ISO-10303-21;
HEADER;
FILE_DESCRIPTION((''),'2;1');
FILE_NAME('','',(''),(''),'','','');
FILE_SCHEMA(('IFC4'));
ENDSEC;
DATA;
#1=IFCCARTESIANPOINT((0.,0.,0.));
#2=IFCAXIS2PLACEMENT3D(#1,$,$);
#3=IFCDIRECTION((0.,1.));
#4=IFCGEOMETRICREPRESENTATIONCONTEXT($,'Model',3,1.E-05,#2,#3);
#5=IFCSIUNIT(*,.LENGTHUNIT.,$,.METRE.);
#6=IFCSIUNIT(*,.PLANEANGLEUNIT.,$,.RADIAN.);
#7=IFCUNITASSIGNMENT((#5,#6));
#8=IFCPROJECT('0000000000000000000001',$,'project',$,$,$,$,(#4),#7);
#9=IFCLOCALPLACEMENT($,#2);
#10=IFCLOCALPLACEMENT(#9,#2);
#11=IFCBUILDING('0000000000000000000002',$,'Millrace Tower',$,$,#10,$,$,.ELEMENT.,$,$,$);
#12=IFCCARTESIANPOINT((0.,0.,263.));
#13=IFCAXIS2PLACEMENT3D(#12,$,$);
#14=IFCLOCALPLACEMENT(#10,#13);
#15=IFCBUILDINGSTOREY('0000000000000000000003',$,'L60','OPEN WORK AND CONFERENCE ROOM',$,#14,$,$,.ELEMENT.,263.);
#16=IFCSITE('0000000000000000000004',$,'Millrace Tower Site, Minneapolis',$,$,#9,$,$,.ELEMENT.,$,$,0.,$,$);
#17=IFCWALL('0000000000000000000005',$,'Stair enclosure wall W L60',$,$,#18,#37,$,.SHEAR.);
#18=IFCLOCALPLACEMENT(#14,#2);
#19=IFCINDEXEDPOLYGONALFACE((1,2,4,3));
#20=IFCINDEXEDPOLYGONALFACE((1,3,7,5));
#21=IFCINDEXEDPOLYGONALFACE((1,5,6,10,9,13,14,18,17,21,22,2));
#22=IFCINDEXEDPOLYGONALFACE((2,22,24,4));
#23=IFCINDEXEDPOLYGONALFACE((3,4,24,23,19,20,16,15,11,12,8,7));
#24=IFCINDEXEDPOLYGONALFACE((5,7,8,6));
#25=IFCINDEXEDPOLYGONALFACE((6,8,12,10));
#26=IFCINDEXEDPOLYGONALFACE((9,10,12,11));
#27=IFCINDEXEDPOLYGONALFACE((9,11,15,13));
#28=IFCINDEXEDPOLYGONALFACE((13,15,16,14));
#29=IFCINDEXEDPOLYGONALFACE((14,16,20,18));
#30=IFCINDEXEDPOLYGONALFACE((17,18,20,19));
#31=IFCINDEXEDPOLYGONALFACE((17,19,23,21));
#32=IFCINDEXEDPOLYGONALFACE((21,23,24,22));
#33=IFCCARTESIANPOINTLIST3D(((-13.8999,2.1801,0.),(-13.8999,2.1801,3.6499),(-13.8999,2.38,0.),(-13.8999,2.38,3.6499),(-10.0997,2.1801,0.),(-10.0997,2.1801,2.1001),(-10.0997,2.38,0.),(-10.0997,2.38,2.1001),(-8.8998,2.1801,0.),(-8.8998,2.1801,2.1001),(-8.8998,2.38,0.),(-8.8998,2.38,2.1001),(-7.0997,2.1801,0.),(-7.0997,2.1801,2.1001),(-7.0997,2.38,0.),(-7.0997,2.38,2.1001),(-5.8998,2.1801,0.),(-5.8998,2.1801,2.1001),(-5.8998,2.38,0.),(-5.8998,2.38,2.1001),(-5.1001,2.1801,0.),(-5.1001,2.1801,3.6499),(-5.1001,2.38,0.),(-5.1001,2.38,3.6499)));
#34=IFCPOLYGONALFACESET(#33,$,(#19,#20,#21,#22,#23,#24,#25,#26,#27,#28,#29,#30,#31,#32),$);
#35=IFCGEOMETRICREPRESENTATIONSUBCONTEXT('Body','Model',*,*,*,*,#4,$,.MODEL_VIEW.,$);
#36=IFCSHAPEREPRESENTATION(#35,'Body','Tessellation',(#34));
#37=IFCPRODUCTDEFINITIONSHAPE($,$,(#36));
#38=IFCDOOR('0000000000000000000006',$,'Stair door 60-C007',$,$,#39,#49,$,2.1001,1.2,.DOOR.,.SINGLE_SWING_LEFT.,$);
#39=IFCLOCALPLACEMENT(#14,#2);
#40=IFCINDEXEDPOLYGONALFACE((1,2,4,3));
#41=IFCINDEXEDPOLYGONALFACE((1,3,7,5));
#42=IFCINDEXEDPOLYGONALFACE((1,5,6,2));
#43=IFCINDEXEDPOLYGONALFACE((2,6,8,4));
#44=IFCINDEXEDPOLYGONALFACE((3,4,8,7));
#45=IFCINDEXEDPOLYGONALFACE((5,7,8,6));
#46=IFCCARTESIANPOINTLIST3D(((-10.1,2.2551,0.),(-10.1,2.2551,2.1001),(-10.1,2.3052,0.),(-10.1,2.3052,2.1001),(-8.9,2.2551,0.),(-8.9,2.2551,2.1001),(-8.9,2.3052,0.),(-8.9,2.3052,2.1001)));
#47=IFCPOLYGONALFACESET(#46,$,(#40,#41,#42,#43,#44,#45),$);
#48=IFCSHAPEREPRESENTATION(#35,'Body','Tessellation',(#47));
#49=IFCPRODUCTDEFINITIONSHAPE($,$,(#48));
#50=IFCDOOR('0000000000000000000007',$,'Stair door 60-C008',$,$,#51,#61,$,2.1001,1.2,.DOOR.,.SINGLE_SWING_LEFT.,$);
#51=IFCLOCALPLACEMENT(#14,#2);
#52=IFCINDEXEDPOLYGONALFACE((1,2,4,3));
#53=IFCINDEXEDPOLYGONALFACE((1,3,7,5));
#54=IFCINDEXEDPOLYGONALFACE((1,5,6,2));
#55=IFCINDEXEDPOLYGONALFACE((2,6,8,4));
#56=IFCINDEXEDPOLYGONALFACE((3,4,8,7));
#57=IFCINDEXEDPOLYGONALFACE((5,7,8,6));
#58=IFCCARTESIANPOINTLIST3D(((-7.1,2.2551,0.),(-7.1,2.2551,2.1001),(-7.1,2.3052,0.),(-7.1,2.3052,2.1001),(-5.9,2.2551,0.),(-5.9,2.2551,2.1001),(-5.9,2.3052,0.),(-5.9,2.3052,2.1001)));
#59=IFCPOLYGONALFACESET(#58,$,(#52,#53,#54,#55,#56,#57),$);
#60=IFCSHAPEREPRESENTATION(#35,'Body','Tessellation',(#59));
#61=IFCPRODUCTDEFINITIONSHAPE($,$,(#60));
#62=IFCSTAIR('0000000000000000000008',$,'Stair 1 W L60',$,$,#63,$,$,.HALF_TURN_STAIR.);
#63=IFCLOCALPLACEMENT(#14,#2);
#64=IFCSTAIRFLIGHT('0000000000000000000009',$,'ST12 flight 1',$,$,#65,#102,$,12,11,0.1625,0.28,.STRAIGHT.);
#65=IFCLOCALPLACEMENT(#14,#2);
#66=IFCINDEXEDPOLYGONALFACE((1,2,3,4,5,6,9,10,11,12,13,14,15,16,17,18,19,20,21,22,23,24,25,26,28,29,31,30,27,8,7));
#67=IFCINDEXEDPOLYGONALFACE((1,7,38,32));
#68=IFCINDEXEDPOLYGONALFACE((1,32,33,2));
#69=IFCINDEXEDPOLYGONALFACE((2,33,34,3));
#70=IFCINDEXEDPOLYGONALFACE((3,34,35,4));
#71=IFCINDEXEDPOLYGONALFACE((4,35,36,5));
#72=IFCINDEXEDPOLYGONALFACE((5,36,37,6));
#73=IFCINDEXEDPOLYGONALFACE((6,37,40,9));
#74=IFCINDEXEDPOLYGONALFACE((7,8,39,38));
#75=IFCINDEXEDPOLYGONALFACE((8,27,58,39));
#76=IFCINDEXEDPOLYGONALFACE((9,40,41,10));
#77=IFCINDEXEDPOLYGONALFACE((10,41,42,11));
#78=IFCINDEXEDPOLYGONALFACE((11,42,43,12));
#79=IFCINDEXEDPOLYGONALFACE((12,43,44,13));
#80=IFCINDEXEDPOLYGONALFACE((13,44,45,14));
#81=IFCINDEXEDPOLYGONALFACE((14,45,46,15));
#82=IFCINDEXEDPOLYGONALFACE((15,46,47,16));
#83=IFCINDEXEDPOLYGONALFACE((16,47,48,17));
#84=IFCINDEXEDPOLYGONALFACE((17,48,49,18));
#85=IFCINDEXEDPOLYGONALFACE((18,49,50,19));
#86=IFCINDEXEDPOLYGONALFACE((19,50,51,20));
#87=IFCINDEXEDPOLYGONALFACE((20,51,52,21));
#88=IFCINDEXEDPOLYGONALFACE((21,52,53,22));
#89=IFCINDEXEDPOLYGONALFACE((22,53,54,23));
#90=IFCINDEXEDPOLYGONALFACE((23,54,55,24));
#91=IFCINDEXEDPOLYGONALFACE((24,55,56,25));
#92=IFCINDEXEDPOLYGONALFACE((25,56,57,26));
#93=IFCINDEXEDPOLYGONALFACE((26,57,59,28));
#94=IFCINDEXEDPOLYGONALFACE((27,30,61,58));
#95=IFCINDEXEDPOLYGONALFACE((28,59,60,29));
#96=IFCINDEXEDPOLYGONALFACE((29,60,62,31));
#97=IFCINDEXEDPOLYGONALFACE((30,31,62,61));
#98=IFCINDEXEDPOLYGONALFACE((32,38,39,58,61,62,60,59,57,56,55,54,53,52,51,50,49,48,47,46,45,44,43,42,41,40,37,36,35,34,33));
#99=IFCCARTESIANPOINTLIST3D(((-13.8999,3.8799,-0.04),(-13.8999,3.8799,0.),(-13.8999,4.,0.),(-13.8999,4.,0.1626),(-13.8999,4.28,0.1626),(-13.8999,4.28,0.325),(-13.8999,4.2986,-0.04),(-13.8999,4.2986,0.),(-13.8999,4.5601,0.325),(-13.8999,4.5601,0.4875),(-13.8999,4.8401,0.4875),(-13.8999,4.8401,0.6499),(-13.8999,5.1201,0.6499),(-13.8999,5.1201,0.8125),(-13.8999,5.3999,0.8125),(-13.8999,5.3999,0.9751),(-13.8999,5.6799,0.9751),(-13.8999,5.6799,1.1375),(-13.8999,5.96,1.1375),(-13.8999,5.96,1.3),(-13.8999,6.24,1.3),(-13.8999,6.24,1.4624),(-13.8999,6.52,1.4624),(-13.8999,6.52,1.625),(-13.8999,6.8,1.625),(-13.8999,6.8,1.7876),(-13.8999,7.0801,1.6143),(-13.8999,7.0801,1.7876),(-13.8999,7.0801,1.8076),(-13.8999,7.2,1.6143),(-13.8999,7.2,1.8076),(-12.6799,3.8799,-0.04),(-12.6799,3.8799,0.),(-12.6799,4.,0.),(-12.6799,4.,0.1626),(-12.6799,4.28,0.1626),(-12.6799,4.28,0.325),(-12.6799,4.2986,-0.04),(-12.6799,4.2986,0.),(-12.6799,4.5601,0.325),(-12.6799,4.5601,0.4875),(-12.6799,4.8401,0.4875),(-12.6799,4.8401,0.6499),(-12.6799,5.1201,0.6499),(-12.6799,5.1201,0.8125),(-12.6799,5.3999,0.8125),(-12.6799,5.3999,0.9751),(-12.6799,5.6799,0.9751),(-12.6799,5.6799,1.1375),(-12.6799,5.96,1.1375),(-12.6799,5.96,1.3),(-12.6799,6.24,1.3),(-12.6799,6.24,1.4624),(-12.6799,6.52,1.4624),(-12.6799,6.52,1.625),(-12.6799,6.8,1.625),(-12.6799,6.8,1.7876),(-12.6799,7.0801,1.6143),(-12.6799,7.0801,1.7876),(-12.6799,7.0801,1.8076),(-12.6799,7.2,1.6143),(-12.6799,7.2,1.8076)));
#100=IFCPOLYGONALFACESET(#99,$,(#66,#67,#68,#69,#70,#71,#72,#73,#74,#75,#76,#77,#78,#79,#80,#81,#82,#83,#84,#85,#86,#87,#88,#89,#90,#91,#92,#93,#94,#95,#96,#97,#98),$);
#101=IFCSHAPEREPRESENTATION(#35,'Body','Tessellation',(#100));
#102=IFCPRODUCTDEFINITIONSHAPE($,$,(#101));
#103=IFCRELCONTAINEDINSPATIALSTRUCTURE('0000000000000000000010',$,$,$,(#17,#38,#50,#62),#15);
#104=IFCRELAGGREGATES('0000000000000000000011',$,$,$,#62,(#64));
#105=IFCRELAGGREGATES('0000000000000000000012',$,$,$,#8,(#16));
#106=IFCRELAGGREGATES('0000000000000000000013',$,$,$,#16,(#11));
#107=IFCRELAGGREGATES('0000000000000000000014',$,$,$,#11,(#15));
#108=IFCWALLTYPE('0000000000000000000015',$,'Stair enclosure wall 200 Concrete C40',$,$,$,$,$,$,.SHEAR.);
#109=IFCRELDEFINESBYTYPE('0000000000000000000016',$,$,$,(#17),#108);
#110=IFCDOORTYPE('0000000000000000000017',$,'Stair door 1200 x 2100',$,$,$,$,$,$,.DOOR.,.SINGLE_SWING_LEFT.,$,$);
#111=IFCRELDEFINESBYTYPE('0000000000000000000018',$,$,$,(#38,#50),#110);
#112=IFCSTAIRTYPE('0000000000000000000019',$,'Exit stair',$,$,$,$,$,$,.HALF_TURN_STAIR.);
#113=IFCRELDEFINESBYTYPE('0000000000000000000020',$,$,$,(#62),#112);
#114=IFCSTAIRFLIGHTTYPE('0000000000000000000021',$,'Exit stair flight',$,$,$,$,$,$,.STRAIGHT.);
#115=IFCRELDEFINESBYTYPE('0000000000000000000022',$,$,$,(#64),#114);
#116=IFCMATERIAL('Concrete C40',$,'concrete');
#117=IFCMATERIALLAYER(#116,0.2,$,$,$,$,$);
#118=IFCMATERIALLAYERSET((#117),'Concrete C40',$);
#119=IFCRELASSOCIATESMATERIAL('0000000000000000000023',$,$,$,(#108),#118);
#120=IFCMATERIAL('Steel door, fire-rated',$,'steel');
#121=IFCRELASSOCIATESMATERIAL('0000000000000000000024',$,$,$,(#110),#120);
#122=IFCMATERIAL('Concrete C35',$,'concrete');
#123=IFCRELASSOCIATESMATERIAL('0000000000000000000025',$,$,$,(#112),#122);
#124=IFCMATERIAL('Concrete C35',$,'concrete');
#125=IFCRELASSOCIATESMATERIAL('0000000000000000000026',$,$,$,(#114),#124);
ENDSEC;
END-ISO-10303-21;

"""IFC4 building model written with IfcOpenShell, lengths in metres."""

from ifc_helpers import new_model, si_unit, direction, frame, frame_2d, origin, place, context, subcontext, project, spatial, polyline, rectangle, outline, extrude, material, layer, layer_set, type_object, element, fill, aggregate, save


model = new_model("IFC4")

# Units and contexts
model_context = context("Model", 3, precision=1e-05, world=origin(), true_north=direction((0.0, 1.0)))
body_context = subcontext(model_context, "Body", "Model", "MODEL_VIEW")
ifc_project = project(units=[si_unit("LENGTHUNIT", "METRE"), si_unit("PLANEANGLEUNIT", "RADIAN")], contexts=[model_context])

# Site, building, storey
site_placement = place(None, origin())
site = spatial("IfcSite", under=ifc_project, at=site_placement, Name="Millrace Tower Site, Minneapolis", CompositionType="ELEMENT", RefElevation=0.0)
building_placement = place(site_placement, origin())
building = spatial("IfcBuilding", under=site, at=building_placement, Name="Millrace Tower", CompositionType="ELEMENT")
storey_placement = place(building_placement, frame((0.0, 0.0, 263.0)))
storey = spatial("IfcBuildingStorey", under=building, at=storey_placement, Name="L60", Description="OPEN WORK AND CONFERENCE ROOM", CompositionType="ELEMENT", Elevation=263.0)

# Shared definitions
placement = place(storey_placement, origin())

# Shared definitions
ifc_material_1 = material(Name="Concrete C40", Category="concrete")
ifc_layer_1 = layer(ifc_material_1, 0.2)
ifc_layer_set_1 = layer_set([ifc_layer_1], Name="Concrete C40")
wall_type_1 = type_object("IfcWallType", Name="Stair enclosure wall 200 Concrete C40", PredefinedType="SHEAR", material=ifc_layer_set_1)

# Wall, openings, doors
wall_1_placement = place(storey_placement, frame((-13.8999, 2.28, 0.0), z_axis=(0.0, 0.0, 1.0), x_axis=(1.0, 0.0, 0.0)))
wall_1 = element("IfcWall", 1, at=wall_1_placement, inside=storey, type_object=wall_type_1, Name="Stair enclosure wall W L60", PredefinedType="SHEAR", context=body_context, shape_type="SweptSolid", body=[
    extrude(rectangle(XDim=8.7998, YDim=0.2, at=frame_2d((4.3999, 0.0))), origin(), (0.0, 0.0, 1.0), 3.6499),
])
opening_1_placement = place(wall_1_placement, frame((3.8, 0.0, 0.0)))
opening_1 = element("IfcOpeningElement", 2, at=opening_1_placement, cuts=wall_1, PredefinedType="OPENING", context=body_context, shape_type="SweptSolid", body=[
    extrude(rectangle(XDim=1.2, YDim=2.1001, at=frame_2d((0.6001, 1.05))), frame((0.0, 0.1099, 0.0), z_axis=(0.0, -1.0, 0.0), x_axis=(1.0, 0.0, 0.0)), (0.0, 0.0, 1.0), 0.22),
])
opening_2_placement = place(wall_1_placement, frame((6.8, 0.0, 0.0)))
opening_2 = element("IfcOpeningElement", 3, at=opening_2_placement, cuts=wall_1, PredefinedType="OPENING", context=body_context, shape_type="SweptSolid", body=[
    extrude(rectangle(XDim=1.2, YDim=2.1001, at=frame_2d((0.6001, 1.05))), frame((0.0, 0.1099, 0.0), z_axis=(0.0, -1.0, 0.0), x_axis=(1.0, 0.0, 0.0)), (0.0, 0.0, 1.0), 0.22),
])
ifc_material_2 = material(Name="Steel door, fire-rated", Category="steel")
door_type_1 = type_object("IfcDoorType", Name="Stair door 1200 x 2100", OperationType="SINGLE_SWING_LEFT", PredefinedType="DOOR", material=ifc_material_2)
door_1_placement = place(opening_1_placement, frame((1.2, 0.0, 0.0), z_axis=(0.0, 0.0, 1.0), x_axis=(-1.0, 0.0, 0.0)))
door_1 = element("IfcDoor", 4, at=door_1_placement, inside=storey, type_object=door_type_1, Name="Stair door 60-C007", OperationType="SINGLE_SWING_LEFT", OverallHeight=2.1001, OverallWidth=1.2, PredefinedType="DOOR", context=body_context, shape_type="SweptSolid", body=[
    extrude(rectangle(XDim=1.2, YDim=2.1001, at=frame_2d((0.6001, 1.05))), frame((0.0, 0.0249, 0.0), z_axis=(0.0, -1.0, 0.0), x_axis=(1.0, 0.0, 0.0)), (0.0, 0.0, 1.0), 0.05),
])
fill(opening_1, door_1)
door_2_placement = place(opening_2_placement, frame((1.2, 0.0, 0.0), z_axis=(0.0, 0.0, 1.0), x_axis=(-1.0, 0.0, 0.0)))
door_2 = element("IfcDoor", 5, at=door_2_placement, inside=storey, type_object=door_type_1, Name="Stair door 60-C008", OperationType="SINGLE_SWING_LEFT", OverallHeight=2.1001, OverallWidth=1.2, PredefinedType="DOOR", context=body_context, shape_type="SweptSolid", body=[
    extrude(rectangle(XDim=1.2, YDim=2.1001, at=frame_2d((0.6001, 1.05))), frame((0.0, 0.0249, 0.0), z_axis=(0.0, -1.0, 0.0), x_axis=(1.0, 0.0, 0.0)), (0.0, 0.0, 1.0), 0.05),
])
fill(opening_2, door_2)

# Stair, stair flight
ifc_material_3 = material(Name="Concrete C35", Category="concrete")
stair_type = type_object("IfcStairType", Name="Exit stair", PredefinedType="HALF_TURN_STAIR", material=ifc_material_3)
stair = element("IfcStair", 6, at=placement, inside=storey, type_object=stair_type, Name="Stair 1 W L60", PredefinedType="HALF_TURN_STAIR")
ifc_material_4 = material(Name="Concrete C35", Category="concrete")
stair_flight_type = type_object("IfcStairFlightType", Name="Exit stair flight", PredefinedType="STRAIGHT", material=ifc_material_4)
stair_flight_placement = place(storey_placement, frame((-13.29, 4.0, 0.0), z_axis=(0.0, 0.0, 1.0), x_axis=(0.0, 1.0, 0.0)))
stair_flight = element("IfcStairFlight", 7, at=stair_flight_placement, type_object=stair_flight_type, Name="ST12 flight 1", NumberOfRisers=12, NumberOfTreads=11, PredefinedType="STRAIGHT", RiserHeight=0.1625, TreadLength=0.28, context=body_context, shape_type="SweptSolid", body=[
    extrude(outline(polyline([(-0.1201, -0.04), (-0.1201, 0.0), (0.0, 0.0), (0.0, 0.1626), (0.28, 0.1626), (0.28, 0.325), (0.5601, 0.325), (0.5601, 0.4875), (0.8401, 0.4875), (0.8401, 0.6499), (1.1201, 0.6499), (1.1201, 0.8125), (1.3999, 0.8125), (1.3999, 0.9751), (1.6799, 0.9751), (1.6799, 1.1375), (1.96, 1.1375), (1.96, 1.3), (2.24, 1.3), (2.24, 1.4624), (2.52, 1.4624), (2.52, 1.625), (2.8, 1.625), (2.8, 1.7876), (3.0801, 1.7876), (3.0801, 1.8076), (3.2, 1.8076), (3.2, 1.6143), (3.0801, 1.6143), (0.2986, 0.0), (0.2986, -0.04), (-0.1201, -0.04)])), frame((0.0, 0.6099, 0.0), z_axis=(0.0, -1.0, 0.0), x_axis=(1.0, 0.0, 0.0)), (0.0, 0.0, 1.0), 1.22),
])
aggregate(stair, [stair_flight])

save(model, "model.ifc")
